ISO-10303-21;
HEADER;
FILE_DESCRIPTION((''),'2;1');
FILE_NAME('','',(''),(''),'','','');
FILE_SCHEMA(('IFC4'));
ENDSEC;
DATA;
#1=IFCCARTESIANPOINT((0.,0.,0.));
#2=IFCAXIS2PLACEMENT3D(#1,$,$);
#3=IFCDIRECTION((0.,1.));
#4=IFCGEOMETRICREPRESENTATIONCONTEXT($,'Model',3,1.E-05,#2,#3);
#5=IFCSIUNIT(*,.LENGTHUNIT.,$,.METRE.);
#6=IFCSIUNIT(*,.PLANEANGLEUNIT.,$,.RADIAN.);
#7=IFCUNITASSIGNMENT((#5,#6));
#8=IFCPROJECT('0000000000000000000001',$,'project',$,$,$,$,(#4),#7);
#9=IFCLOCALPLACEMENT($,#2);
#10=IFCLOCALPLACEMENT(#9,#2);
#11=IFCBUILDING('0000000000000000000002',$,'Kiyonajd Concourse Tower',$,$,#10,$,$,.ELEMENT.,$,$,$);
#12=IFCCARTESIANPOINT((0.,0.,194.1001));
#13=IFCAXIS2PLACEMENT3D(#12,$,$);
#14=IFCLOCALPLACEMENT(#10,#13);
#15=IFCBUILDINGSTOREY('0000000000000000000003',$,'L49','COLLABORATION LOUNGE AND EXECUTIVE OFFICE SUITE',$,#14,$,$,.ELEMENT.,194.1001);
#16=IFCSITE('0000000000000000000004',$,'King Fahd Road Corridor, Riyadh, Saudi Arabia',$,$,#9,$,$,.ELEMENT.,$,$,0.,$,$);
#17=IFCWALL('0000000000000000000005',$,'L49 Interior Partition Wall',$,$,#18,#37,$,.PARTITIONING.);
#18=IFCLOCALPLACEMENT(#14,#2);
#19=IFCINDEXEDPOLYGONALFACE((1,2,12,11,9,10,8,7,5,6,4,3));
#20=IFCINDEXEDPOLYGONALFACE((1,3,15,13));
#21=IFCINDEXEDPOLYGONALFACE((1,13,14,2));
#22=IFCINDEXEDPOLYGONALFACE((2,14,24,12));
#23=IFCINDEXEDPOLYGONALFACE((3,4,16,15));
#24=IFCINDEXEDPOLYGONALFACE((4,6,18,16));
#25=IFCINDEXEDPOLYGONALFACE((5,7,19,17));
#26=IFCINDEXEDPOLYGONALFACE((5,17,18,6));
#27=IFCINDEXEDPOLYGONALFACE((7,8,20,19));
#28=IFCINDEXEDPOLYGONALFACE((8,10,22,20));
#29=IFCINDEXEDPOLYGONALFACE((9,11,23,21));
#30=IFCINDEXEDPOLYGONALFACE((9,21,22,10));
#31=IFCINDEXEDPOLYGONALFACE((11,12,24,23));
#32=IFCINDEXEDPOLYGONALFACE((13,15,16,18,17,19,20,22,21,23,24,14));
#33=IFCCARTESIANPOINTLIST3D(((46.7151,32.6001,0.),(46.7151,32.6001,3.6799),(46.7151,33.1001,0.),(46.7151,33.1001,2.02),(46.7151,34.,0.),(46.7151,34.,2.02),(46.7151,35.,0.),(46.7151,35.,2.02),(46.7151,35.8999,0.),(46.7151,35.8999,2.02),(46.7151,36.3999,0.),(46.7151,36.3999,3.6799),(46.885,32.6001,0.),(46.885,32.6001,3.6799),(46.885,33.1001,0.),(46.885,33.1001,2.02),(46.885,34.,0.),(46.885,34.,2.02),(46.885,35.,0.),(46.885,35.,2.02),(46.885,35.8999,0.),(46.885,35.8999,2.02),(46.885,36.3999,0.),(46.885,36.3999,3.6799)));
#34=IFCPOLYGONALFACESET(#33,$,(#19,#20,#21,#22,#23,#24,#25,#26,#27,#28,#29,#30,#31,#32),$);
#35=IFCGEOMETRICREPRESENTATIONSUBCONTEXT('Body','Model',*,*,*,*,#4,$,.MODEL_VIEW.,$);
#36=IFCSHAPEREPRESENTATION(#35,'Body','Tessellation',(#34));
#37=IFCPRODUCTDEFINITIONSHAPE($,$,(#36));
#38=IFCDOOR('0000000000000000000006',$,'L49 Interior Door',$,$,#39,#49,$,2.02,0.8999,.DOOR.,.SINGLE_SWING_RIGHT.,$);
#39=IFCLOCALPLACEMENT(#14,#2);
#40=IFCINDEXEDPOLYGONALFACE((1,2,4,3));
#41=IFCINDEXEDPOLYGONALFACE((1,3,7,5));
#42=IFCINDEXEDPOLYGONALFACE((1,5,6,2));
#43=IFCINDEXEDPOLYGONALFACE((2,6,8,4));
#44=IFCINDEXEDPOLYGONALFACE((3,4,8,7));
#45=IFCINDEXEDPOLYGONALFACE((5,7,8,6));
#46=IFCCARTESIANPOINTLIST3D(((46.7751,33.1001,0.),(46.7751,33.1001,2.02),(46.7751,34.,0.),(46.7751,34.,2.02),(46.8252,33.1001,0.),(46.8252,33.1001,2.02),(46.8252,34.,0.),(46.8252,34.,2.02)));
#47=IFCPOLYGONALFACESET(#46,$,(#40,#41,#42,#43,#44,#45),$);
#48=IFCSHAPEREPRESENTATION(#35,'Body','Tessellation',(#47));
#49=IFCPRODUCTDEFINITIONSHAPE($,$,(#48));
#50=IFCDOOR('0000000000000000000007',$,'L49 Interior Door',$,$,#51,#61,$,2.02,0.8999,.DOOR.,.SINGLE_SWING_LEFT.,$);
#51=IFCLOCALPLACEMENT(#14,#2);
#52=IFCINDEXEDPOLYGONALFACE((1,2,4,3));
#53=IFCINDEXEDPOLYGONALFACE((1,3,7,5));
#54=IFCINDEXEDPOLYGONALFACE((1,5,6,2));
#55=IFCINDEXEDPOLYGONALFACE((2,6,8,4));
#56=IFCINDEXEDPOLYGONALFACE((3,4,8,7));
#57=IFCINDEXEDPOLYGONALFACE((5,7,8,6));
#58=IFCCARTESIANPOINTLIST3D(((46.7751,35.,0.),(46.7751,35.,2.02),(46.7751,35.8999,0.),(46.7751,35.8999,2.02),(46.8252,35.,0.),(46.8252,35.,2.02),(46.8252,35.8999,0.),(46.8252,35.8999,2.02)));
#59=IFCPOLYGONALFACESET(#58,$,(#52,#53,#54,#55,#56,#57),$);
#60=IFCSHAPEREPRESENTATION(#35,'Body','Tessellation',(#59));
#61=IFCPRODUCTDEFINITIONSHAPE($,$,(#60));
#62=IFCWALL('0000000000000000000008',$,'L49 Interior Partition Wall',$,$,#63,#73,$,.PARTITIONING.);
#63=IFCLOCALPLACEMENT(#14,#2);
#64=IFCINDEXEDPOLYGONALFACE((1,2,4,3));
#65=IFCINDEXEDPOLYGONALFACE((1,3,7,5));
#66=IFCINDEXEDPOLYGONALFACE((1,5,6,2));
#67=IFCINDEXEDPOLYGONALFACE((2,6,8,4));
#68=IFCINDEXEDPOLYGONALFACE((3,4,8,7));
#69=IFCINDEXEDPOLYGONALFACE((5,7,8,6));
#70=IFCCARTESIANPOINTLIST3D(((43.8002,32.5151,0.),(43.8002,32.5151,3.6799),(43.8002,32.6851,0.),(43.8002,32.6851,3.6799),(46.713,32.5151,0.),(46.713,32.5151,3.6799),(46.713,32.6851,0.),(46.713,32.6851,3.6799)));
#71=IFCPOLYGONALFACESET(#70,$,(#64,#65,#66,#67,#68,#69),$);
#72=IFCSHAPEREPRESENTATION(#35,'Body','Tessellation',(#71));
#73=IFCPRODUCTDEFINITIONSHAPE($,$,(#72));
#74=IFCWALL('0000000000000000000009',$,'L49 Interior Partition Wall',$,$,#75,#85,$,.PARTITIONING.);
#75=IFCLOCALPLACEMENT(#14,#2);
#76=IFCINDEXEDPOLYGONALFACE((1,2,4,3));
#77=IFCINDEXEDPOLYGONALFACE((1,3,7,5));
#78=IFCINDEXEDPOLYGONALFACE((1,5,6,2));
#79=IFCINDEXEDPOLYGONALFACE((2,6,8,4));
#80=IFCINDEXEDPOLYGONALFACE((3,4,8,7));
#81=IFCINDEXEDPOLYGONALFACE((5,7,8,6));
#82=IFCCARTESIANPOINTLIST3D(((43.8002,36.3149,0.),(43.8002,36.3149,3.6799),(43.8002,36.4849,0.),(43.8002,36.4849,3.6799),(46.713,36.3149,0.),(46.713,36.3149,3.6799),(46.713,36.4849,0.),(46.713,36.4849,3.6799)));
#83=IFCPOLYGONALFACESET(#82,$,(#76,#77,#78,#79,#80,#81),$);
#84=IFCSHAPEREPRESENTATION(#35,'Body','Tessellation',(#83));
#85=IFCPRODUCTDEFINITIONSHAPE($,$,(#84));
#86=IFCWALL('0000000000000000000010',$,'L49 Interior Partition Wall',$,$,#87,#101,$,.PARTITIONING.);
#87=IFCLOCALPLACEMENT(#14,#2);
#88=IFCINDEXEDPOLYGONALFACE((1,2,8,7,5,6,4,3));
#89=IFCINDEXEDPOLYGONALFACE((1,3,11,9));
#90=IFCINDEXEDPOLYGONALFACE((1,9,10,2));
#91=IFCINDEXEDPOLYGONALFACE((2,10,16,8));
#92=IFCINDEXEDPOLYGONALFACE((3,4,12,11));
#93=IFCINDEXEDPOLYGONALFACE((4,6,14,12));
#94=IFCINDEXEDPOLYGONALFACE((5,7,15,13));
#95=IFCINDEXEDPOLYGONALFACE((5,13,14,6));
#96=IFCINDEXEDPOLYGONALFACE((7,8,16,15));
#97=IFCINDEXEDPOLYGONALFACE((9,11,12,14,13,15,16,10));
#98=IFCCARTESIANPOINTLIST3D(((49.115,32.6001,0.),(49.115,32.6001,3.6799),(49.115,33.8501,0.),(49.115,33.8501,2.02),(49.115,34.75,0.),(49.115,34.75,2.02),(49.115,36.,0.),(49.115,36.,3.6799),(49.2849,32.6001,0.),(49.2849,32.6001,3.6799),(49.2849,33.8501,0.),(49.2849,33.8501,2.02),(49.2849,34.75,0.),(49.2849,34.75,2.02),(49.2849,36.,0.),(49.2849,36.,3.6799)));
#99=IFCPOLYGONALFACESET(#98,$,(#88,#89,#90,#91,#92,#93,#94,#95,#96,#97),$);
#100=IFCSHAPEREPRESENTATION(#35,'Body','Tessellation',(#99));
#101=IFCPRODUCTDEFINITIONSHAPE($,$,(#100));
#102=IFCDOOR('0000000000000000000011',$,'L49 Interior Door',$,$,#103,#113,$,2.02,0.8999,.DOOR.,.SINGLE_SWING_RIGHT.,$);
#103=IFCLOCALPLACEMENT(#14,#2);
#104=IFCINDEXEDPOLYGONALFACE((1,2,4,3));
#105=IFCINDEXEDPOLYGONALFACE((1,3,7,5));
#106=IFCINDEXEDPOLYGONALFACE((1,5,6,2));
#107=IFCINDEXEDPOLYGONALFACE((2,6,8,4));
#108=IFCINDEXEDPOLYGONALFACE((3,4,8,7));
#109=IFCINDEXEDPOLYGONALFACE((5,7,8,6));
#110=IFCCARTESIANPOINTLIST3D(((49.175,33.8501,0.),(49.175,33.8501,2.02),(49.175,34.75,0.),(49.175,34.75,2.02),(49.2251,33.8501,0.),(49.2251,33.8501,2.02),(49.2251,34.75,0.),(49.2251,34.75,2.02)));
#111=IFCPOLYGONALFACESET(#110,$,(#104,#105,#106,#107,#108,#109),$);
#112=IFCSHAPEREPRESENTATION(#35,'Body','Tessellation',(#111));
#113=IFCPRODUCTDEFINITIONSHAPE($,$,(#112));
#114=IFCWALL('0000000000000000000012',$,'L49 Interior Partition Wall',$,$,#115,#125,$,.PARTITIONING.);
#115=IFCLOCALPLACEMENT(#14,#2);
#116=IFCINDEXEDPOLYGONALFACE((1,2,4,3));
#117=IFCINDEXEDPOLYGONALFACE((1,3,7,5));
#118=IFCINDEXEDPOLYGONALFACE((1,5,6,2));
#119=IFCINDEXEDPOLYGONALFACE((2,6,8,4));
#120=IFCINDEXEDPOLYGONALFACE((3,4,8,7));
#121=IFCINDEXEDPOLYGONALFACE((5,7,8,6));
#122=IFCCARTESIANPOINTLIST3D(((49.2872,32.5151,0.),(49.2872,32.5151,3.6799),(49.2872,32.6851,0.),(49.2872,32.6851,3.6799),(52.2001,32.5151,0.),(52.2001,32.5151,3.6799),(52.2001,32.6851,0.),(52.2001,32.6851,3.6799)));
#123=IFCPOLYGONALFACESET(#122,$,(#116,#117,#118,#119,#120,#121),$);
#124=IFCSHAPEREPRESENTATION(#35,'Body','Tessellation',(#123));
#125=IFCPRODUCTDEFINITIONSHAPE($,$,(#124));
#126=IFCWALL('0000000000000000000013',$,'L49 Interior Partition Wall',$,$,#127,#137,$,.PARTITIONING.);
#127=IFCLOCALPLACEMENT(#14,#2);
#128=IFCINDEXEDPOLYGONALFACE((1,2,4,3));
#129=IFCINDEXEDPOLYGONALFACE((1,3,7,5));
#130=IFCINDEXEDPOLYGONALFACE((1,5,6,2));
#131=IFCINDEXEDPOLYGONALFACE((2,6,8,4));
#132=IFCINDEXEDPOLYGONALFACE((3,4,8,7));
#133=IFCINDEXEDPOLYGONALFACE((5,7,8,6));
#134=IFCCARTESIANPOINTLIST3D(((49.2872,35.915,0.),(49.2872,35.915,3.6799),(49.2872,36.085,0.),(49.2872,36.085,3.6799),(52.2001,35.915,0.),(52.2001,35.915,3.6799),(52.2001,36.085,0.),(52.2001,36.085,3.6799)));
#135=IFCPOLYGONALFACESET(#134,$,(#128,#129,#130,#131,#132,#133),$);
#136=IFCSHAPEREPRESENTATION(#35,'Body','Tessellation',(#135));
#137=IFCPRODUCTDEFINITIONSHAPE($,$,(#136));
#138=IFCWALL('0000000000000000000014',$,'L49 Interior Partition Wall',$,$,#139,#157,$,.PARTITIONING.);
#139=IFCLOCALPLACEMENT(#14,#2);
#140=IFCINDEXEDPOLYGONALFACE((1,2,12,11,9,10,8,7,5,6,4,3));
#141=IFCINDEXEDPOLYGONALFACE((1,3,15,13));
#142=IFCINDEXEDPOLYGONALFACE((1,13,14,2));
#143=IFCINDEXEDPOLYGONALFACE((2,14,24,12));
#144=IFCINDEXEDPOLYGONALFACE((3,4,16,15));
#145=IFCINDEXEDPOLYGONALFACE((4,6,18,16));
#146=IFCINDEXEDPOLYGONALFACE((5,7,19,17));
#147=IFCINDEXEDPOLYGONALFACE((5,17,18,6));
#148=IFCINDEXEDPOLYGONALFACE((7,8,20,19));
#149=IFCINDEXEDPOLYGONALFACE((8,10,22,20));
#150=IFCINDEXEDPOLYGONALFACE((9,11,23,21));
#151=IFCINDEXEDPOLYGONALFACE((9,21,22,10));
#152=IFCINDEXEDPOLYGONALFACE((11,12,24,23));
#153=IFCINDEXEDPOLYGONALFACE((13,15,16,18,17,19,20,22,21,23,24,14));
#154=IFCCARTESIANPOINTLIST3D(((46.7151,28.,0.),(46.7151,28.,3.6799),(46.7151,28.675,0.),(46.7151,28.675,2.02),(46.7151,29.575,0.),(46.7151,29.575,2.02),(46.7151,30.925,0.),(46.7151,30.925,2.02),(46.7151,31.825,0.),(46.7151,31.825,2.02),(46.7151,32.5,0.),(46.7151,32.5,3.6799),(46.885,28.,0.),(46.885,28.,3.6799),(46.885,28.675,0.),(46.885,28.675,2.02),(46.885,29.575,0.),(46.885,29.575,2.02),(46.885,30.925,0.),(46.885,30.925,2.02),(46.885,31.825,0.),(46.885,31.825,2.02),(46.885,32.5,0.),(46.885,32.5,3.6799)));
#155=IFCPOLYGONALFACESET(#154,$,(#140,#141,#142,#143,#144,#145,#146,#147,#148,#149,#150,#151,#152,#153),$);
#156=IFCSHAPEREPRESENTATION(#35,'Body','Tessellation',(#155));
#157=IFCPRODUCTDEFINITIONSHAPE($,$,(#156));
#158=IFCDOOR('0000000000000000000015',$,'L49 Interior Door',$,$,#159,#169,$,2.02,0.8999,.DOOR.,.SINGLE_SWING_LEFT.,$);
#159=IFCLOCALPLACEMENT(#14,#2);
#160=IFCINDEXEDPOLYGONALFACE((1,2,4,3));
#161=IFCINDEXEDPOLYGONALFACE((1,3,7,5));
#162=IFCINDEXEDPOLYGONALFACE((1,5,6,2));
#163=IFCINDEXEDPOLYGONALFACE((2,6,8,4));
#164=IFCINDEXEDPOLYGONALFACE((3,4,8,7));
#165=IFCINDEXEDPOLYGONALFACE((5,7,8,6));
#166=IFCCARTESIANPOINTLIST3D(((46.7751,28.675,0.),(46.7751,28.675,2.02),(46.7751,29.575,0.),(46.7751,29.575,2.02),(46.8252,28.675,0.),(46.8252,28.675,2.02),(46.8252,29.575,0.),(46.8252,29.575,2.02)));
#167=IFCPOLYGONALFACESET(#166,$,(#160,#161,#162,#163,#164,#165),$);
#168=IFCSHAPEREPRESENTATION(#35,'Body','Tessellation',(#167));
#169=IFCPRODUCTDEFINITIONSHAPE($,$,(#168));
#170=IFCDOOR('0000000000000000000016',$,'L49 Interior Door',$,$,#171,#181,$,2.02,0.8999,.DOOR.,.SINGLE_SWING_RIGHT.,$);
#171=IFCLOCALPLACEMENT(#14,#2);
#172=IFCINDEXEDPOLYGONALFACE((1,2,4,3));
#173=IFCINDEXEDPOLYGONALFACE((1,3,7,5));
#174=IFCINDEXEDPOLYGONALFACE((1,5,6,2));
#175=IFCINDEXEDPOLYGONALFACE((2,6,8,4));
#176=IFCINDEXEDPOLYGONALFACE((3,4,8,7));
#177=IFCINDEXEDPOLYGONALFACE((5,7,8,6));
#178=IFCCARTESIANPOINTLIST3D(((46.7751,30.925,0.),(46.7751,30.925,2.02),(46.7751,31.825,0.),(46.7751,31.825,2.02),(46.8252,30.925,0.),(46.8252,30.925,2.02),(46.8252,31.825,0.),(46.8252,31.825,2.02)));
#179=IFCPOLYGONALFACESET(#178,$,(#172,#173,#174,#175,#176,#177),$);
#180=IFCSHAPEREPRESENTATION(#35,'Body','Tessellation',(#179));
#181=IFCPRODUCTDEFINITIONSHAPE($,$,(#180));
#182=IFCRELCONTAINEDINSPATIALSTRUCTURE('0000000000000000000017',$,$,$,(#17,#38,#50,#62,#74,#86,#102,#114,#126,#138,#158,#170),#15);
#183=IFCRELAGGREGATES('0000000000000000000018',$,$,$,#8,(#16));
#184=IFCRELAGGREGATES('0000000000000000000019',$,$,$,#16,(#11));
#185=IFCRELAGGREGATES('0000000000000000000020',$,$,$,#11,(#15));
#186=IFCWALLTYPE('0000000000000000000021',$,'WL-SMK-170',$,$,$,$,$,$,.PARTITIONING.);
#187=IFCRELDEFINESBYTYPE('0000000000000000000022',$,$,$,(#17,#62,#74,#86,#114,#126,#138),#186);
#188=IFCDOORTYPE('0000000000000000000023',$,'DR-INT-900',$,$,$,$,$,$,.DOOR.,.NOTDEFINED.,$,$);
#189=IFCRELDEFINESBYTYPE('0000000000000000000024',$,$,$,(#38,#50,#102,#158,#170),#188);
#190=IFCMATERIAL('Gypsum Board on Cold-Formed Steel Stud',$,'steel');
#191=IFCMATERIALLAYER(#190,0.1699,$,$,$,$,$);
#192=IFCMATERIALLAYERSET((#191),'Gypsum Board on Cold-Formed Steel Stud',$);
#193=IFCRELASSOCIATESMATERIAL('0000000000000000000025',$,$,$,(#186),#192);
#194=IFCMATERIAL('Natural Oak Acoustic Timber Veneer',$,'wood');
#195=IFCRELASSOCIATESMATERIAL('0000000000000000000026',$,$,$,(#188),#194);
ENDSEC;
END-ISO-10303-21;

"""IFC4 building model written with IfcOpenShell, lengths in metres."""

from ifc_helpers import new_model, si_unit, direction, frame, frame_2d, origin, place, context, subcontext, project, spatial, rectangle, extrude, material, layer, layer_set, type_object, element, fill, save


model = new_model("IFC4")

# Units and contexts
model_context = context("Model", 3, precision=1e-05, world=origin(), true_north=direction((0.0, 1.0)))
body_context = subcontext(model_context, "Body", "Model", "MODEL_VIEW")
ifc_project = project(units=[si_unit("LENGTHUNIT", "METRE"), si_unit("PLANEANGLEUNIT", "RADIAN")], contexts=[model_context])

# Site, building, storey
site_placement = place(None, origin())
site = spatial("IfcSite", under=ifc_project, at=site_placement, Name="King Fahd Road Corridor, Riyadh, Saudi Arabia", CompositionType="ELEMENT", RefElevation=0.0)
building_placement = place(site_placement, origin())
building = spatial("IfcBuilding", under=site, at=building_placement, Name="Kiyonajd Concourse Tower", CompositionType="ELEMENT")
storey_placement = place(building_placement, frame((0.0, 0.0, 194.1001)))
storey = spatial("IfcBuildingStorey", under=building, at=storey_placement, Name="L49", Description="COLLABORATION LOUNGE AND EXECUTIVE OFFICE SUITE", CompositionType="ELEMENT", Elevation=194.1001)

# Shared definitions
ifc_material_1 = material(Name="Gypsum Board on Cold-Formed Steel Stud", Category="steel")

# Wall, openings, doors
ifc_layer_1 = layer(ifc_material_1, 0.1699)
ifc_layer_set_1 = layer_set([ifc_layer_1], Name="Gypsum Board on Cold-Formed Steel Stud")
wall_type_1 = type_object("IfcWallType", Name="WL-SMK-170", PredefinedType="PARTITIONING", material=ifc_layer_set_1)
wall_1_placement = place(storey_placement, frame((46.8, 32.6001, 0.0), z_axis=(0.0, 0.0, 1.0), x_axis=(0.0, 1.0, 0.0)))
wall_1 = element("IfcWall", 1, at=wall_1_placement, inside=storey, type_object=wall_type_1, Name="L49 Interior Partition Wall", PredefinedType="PARTITIONING", context=body_context, shape_type="SweptSolid", body=[
    extrude(rectangle(XDim=3.7998, YDim=0.1699, at=frame_2d((1.8999, 0.0))), origin(), (0.0, 0.0, 1.0), 3.6799),
])
opening_1_placement = place(wall_1_placement, frame((0.5, 0.0, 0.0)))
opening_1 = element("IfcOpeningElement", 2, at=opening_1_placement, cuts=wall_1, PredefinedType="OPENING", context=body_context, shape_type="SweptSolid", body=[
    extrude(rectangle(XDim=0.8999, YDim=2.02, at=frame_2d((0.45, 1.01))), frame((0.0, 0.095, 0.0), z_axis=(0.0, -1.0, 0.0), x_axis=(1.0, 0.0, 0.0)), (0.0, 0.0, 1.0), 0.1899),
])
opening_2_placement = place(wall_1_placement, frame((2.3999, 0.0, 0.0)))
opening_2 = element("IfcOpeningElement", 3, at=opening_2_placement, cuts=wall_1, PredefinedType="OPENING", context=body_context, shape_type="SweptSolid", body=[
    extrude(rectangle(XDim=0.8999, YDim=2.02, at=frame_2d((0.45, 1.01))), frame((0.0, 0.095, 0.0), z_axis=(0.0, -1.0, 0.0), x_axis=(1.0, 0.0, 0.0)), (0.0, 0.0, 1.0), 0.1899),
])
ifc_material_2 = material(Name="Natural Oak Acoustic Timber Veneer", Category="wood")
door_type_1 = type_object("IfcDoorType", Name="DR-INT-900", OperationType="NOTDEFINED", PredefinedType="DOOR", material=ifc_material_2)
door_1_placement = place(opening_1_placement, origin())
door_1 = element("IfcDoor", 4, at=door_1_placement, inside=storey, type_object=door_type_1, Name="L49 Interior Door", OperationType="SINGLE_SWING_RIGHT", OverallHeight=2.02, OverallWidth=0.8999, PredefinedType="DOOR", context=body_context, shape_type="SweptSolid", body=[
    extrude(rectangle(XDim=0.8999, YDim=2.02, at=frame_2d((0.45, 1.01))), frame((0.0, 0.0249, 0.0), z_axis=(0.0, -1.0, 0.0), x_axis=(1.0, 0.0, 0.0)), (0.0, 0.0, 1.0), 0.05),
])
fill(opening_1, door_1)
door_2_placement = place(opening_2_placement, origin())
door_2 = element("IfcDoor", 5, at=door_2_placement, inside=storey, type_object=door_type_1, Name="L49 Interior Door", OperationType="SINGLE_SWING_LEFT", OverallHeight=2.02, OverallWidth=0.8999, PredefinedType="DOOR", context=body_context, shape_type="SweptSolid", body=[
    extrude(rectangle(XDim=0.8999, YDim=2.02, at=frame_2d((0.45, 1.01))), frame((0.0, 0.0249, 0.0), z_axis=(0.0, -1.0, 0.0), x_axis=(1.0, 0.0, 0.0)), (0.0, 0.0, 1.0), 0.05),
])
fill(opening_2, door_2)

# Walls
for number, where, z_axis, x_axis, name in (
    (6, (43.8, 32.6001, 0.0), (0.0, 0.0, 1.0), (1.0, 0.0, 0.0), "L49 Interior Partition Wall"),
    (7, (43.8, 36.3999, 0.0), (0.0, 0.0, 1.0), (1.0, 0.0, 0.0), "L49 Interior Partition Wall"),
):
    element("IfcWall", number, at=place(storey_placement, frame(where, z_axis=z_axis, x_axis=x_axis)), inside=storey, type_object=wall_type_1, Name=name, PredefinedType="PARTITIONING", context=body_context, shape_type="SweptSolid", body=[
        extrude(rectangle(XDim=2.9128, YDim=0.1699, at=frame_2d((1.4565, 0.0))), origin(), (0.0, 0.0, 1.0), 3.6799),
    ])

# Wall, opening, door
wall_2_placement = place(storey_placement, frame((49.2, 32.6001, 0.0), z_axis=(0.0, 0.0, 1.0), x_axis=(0.0, 1.0, 0.0)))
wall_2 = element("IfcWall", 8, at=wall_2_placement, inside=storey, type_object=wall_type_1, Name="L49 Interior Partition Wall", PredefinedType="PARTITIONING", context=body_context, shape_type="SweptSolid", body=[
    extrude(rectangle(XDim=3.3999, YDim=0.1699, at=frame_2d((1.7, 0.0))), origin(), (0.0, 0.0, 1.0), 3.6799),
])
opening_3_placement = place(wall_2_placement, frame((1.25, 0.0, 0.0)))
opening_3 = element("IfcOpeningElement", 9, at=opening_3_placement, cuts=wall_2, PredefinedType="OPENING", context=body_context, shape_type="SweptSolid", body=[
    extrude(rectangle(XDim=0.8999, YDim=2.02, at=frame_2d((0.45, 1.01))), frame((0.0, 0.095, 0.0), z_axis=(0.0, -1.0, 0.0), x_axis=(1.0, 0.0, 0.0)), (0.0, 0.0, 1.0), 0.1899),
])
door_3_placement = place(opening_3_placement, origin())
door_3 = element("IfcDoor", 10, at=door_3_placement, inside=storey, type_object=door_type_1, Name="L49 Interior Door", OperationType="SINGLE_SWING_RIGHT", OverallHeight=2.02, OverallWidth=0.8999, PredefinedType="DOOR", context=body_context, shape_type="SweptSolid", body=[
    extrude(rectangle(XDim=0.8999, YDim=2.02, at=frame_2d((0.45, 1.01))), frame((0.0, 0.0249, 0.0), z_axis=(0.0, -1.0, 0.0), x_axis=(1.0, 0.0, 0.0)), (0.0, 0.0, 1.0), 0.05),
])
fill(opening_3, door_3)

# Walls
for number, where, z_axis, x_axis, name in (
    (11, (49.2871, 32.6001, 0.0), (0.0, 0.0, 1.0), (1.0, 0.0, 0.0), "L49 Interior Partition Wall"),
    (12, (49.2871, 36.0, 0.0), (0.0, 0.0, 1.0), (1.0, 0.0, 0.0), "L49 Interior Partition Wall"),
):
    element("IfcWall", number, at=place(storey_placement, frame(where, z_axis=z_axis, x_axis=x_axis)), inside=storey, type_object=wall_type_1, Name=name, PredefinedType="PARTITIONING", context=body_context, shape_type="SweptSolid", body=[
        extrude(rectangle(XDim=2.9128, YDim=0.1699, at=frame_2d((1.4565, 0.0))), origin(), (0.0, 0.0, 1.0), 3.6799),
    ])

# Wall, openings, doors
wall_3_placement = place(storey_placement, frame((46.8, 28.0, 0.0), z_axis=(0.0, 0.0, 1.0), x_axis=(0.0, 1.0, 0.0)))
wall_3 = element("IfcWall", 13, at=wall_3_placement, inside=storey, type_object=wall_type_1, Name="L49 Interior Partition Wall", PredefinedType="PARTITIONING", context=body_context, shape_type="SweptSolid", body=[
    extrude(rectangle(XDim=4.5, YDim=0.1699, at=frame_2d((2.25, 0.0))), origin(), (0.0, 0.0, 1.0), 3.6799),
])
opening_4_placement = place(wall_3_placement, frame((0.675, 0.0, 0.0)))
opening_4 = element("IfcOpeningElement", 14, at=opening_4_placement, cuts=wall_3, PredefinedType="OPENING", context=body_context, shape_type="SweptSolid", body=[
    extrude(rectangle(XDim=0.8999, YDim=2.02, at=frame_2d((0.45, 1.01))), frame((0.0, 0.095, 0.0), z_axis=(0.0, -1.0, 0.0), x_axis=(1.0, 0.0, 0.0)), (0.0, 0.0, 1.0), 0.1899),
])
opening_5_placement = place(wall_3_placement, frame((2.925, 0.0, 0.0)))
opening_5 = element("IfcOpeningElement", 15, at=opening_5_placement, cuts=wall_3, PredefinedType="OPENING", context=body_context, shape_type="SweptSolid", body=[
    extrude(rectangle(XDim=0.8999, YDim=2.02, at=frame_2d((0.45, 1.01))), frame((0.0, 0.095, 0.0), z_axis=(0.0, -1.0, 0.0), x_axis=(1.0, 0.0, 0.0)), (0.0, 0.0, 1.0), 0.1899),
])
door_4_placement = place(opening_4_placement, origin())
door_4 = element("IfcDoor", 16, at=door_4_placement, inside=storey, type_object=door_type_1, Name="L49 Interior Door", OperationType="SINGLE_SWING_LEFT", OverallHeight=2.02, OverallWidth=0.8999, PredefinedType="DOOR", context=body_context, shape_type="SweptSolid", body=[
    extrude(rectangle(XDim=0.8999, YDim=2.02, at=frame_2d((0.45, 1.01))), frame((0.0, 0.0249, 0.0), z_axis=(0.0, -1.0, 0.0), x_axis=(1.0, 0.0, 0.0)), (0.0, 0.0, 1.0), 0.05),
])
fill(opening_4, door_4)
door_5_placement = place(opening_5_placement, origin())
door_5 = element("IfcDoor", 17, at=door_5_placement, inside=storey, type_object=door_type_1, Name="L49 Interior Door", OperationType="SINGLE_SWING_RIGHT", OverallHeight=2.02, OverallWidth=0.8999, PredefinedType="DOOR", context=body_context, shape_type="SweptSolid", body=[
    extrude(rectangle(XDim=0.8999, YDim=2.02, at=frame_2d((0.45, 1.01))), frame((0.0, 0.0249, 0.0), z_axis=(0.0, -1.0, 0.0), x_axis=(1.0, 0.0, 0.0)), (0.0, 0.0, 1.0), 0.05),
])
fill(opening_5, door_5)

save(model, "model.ifc")
